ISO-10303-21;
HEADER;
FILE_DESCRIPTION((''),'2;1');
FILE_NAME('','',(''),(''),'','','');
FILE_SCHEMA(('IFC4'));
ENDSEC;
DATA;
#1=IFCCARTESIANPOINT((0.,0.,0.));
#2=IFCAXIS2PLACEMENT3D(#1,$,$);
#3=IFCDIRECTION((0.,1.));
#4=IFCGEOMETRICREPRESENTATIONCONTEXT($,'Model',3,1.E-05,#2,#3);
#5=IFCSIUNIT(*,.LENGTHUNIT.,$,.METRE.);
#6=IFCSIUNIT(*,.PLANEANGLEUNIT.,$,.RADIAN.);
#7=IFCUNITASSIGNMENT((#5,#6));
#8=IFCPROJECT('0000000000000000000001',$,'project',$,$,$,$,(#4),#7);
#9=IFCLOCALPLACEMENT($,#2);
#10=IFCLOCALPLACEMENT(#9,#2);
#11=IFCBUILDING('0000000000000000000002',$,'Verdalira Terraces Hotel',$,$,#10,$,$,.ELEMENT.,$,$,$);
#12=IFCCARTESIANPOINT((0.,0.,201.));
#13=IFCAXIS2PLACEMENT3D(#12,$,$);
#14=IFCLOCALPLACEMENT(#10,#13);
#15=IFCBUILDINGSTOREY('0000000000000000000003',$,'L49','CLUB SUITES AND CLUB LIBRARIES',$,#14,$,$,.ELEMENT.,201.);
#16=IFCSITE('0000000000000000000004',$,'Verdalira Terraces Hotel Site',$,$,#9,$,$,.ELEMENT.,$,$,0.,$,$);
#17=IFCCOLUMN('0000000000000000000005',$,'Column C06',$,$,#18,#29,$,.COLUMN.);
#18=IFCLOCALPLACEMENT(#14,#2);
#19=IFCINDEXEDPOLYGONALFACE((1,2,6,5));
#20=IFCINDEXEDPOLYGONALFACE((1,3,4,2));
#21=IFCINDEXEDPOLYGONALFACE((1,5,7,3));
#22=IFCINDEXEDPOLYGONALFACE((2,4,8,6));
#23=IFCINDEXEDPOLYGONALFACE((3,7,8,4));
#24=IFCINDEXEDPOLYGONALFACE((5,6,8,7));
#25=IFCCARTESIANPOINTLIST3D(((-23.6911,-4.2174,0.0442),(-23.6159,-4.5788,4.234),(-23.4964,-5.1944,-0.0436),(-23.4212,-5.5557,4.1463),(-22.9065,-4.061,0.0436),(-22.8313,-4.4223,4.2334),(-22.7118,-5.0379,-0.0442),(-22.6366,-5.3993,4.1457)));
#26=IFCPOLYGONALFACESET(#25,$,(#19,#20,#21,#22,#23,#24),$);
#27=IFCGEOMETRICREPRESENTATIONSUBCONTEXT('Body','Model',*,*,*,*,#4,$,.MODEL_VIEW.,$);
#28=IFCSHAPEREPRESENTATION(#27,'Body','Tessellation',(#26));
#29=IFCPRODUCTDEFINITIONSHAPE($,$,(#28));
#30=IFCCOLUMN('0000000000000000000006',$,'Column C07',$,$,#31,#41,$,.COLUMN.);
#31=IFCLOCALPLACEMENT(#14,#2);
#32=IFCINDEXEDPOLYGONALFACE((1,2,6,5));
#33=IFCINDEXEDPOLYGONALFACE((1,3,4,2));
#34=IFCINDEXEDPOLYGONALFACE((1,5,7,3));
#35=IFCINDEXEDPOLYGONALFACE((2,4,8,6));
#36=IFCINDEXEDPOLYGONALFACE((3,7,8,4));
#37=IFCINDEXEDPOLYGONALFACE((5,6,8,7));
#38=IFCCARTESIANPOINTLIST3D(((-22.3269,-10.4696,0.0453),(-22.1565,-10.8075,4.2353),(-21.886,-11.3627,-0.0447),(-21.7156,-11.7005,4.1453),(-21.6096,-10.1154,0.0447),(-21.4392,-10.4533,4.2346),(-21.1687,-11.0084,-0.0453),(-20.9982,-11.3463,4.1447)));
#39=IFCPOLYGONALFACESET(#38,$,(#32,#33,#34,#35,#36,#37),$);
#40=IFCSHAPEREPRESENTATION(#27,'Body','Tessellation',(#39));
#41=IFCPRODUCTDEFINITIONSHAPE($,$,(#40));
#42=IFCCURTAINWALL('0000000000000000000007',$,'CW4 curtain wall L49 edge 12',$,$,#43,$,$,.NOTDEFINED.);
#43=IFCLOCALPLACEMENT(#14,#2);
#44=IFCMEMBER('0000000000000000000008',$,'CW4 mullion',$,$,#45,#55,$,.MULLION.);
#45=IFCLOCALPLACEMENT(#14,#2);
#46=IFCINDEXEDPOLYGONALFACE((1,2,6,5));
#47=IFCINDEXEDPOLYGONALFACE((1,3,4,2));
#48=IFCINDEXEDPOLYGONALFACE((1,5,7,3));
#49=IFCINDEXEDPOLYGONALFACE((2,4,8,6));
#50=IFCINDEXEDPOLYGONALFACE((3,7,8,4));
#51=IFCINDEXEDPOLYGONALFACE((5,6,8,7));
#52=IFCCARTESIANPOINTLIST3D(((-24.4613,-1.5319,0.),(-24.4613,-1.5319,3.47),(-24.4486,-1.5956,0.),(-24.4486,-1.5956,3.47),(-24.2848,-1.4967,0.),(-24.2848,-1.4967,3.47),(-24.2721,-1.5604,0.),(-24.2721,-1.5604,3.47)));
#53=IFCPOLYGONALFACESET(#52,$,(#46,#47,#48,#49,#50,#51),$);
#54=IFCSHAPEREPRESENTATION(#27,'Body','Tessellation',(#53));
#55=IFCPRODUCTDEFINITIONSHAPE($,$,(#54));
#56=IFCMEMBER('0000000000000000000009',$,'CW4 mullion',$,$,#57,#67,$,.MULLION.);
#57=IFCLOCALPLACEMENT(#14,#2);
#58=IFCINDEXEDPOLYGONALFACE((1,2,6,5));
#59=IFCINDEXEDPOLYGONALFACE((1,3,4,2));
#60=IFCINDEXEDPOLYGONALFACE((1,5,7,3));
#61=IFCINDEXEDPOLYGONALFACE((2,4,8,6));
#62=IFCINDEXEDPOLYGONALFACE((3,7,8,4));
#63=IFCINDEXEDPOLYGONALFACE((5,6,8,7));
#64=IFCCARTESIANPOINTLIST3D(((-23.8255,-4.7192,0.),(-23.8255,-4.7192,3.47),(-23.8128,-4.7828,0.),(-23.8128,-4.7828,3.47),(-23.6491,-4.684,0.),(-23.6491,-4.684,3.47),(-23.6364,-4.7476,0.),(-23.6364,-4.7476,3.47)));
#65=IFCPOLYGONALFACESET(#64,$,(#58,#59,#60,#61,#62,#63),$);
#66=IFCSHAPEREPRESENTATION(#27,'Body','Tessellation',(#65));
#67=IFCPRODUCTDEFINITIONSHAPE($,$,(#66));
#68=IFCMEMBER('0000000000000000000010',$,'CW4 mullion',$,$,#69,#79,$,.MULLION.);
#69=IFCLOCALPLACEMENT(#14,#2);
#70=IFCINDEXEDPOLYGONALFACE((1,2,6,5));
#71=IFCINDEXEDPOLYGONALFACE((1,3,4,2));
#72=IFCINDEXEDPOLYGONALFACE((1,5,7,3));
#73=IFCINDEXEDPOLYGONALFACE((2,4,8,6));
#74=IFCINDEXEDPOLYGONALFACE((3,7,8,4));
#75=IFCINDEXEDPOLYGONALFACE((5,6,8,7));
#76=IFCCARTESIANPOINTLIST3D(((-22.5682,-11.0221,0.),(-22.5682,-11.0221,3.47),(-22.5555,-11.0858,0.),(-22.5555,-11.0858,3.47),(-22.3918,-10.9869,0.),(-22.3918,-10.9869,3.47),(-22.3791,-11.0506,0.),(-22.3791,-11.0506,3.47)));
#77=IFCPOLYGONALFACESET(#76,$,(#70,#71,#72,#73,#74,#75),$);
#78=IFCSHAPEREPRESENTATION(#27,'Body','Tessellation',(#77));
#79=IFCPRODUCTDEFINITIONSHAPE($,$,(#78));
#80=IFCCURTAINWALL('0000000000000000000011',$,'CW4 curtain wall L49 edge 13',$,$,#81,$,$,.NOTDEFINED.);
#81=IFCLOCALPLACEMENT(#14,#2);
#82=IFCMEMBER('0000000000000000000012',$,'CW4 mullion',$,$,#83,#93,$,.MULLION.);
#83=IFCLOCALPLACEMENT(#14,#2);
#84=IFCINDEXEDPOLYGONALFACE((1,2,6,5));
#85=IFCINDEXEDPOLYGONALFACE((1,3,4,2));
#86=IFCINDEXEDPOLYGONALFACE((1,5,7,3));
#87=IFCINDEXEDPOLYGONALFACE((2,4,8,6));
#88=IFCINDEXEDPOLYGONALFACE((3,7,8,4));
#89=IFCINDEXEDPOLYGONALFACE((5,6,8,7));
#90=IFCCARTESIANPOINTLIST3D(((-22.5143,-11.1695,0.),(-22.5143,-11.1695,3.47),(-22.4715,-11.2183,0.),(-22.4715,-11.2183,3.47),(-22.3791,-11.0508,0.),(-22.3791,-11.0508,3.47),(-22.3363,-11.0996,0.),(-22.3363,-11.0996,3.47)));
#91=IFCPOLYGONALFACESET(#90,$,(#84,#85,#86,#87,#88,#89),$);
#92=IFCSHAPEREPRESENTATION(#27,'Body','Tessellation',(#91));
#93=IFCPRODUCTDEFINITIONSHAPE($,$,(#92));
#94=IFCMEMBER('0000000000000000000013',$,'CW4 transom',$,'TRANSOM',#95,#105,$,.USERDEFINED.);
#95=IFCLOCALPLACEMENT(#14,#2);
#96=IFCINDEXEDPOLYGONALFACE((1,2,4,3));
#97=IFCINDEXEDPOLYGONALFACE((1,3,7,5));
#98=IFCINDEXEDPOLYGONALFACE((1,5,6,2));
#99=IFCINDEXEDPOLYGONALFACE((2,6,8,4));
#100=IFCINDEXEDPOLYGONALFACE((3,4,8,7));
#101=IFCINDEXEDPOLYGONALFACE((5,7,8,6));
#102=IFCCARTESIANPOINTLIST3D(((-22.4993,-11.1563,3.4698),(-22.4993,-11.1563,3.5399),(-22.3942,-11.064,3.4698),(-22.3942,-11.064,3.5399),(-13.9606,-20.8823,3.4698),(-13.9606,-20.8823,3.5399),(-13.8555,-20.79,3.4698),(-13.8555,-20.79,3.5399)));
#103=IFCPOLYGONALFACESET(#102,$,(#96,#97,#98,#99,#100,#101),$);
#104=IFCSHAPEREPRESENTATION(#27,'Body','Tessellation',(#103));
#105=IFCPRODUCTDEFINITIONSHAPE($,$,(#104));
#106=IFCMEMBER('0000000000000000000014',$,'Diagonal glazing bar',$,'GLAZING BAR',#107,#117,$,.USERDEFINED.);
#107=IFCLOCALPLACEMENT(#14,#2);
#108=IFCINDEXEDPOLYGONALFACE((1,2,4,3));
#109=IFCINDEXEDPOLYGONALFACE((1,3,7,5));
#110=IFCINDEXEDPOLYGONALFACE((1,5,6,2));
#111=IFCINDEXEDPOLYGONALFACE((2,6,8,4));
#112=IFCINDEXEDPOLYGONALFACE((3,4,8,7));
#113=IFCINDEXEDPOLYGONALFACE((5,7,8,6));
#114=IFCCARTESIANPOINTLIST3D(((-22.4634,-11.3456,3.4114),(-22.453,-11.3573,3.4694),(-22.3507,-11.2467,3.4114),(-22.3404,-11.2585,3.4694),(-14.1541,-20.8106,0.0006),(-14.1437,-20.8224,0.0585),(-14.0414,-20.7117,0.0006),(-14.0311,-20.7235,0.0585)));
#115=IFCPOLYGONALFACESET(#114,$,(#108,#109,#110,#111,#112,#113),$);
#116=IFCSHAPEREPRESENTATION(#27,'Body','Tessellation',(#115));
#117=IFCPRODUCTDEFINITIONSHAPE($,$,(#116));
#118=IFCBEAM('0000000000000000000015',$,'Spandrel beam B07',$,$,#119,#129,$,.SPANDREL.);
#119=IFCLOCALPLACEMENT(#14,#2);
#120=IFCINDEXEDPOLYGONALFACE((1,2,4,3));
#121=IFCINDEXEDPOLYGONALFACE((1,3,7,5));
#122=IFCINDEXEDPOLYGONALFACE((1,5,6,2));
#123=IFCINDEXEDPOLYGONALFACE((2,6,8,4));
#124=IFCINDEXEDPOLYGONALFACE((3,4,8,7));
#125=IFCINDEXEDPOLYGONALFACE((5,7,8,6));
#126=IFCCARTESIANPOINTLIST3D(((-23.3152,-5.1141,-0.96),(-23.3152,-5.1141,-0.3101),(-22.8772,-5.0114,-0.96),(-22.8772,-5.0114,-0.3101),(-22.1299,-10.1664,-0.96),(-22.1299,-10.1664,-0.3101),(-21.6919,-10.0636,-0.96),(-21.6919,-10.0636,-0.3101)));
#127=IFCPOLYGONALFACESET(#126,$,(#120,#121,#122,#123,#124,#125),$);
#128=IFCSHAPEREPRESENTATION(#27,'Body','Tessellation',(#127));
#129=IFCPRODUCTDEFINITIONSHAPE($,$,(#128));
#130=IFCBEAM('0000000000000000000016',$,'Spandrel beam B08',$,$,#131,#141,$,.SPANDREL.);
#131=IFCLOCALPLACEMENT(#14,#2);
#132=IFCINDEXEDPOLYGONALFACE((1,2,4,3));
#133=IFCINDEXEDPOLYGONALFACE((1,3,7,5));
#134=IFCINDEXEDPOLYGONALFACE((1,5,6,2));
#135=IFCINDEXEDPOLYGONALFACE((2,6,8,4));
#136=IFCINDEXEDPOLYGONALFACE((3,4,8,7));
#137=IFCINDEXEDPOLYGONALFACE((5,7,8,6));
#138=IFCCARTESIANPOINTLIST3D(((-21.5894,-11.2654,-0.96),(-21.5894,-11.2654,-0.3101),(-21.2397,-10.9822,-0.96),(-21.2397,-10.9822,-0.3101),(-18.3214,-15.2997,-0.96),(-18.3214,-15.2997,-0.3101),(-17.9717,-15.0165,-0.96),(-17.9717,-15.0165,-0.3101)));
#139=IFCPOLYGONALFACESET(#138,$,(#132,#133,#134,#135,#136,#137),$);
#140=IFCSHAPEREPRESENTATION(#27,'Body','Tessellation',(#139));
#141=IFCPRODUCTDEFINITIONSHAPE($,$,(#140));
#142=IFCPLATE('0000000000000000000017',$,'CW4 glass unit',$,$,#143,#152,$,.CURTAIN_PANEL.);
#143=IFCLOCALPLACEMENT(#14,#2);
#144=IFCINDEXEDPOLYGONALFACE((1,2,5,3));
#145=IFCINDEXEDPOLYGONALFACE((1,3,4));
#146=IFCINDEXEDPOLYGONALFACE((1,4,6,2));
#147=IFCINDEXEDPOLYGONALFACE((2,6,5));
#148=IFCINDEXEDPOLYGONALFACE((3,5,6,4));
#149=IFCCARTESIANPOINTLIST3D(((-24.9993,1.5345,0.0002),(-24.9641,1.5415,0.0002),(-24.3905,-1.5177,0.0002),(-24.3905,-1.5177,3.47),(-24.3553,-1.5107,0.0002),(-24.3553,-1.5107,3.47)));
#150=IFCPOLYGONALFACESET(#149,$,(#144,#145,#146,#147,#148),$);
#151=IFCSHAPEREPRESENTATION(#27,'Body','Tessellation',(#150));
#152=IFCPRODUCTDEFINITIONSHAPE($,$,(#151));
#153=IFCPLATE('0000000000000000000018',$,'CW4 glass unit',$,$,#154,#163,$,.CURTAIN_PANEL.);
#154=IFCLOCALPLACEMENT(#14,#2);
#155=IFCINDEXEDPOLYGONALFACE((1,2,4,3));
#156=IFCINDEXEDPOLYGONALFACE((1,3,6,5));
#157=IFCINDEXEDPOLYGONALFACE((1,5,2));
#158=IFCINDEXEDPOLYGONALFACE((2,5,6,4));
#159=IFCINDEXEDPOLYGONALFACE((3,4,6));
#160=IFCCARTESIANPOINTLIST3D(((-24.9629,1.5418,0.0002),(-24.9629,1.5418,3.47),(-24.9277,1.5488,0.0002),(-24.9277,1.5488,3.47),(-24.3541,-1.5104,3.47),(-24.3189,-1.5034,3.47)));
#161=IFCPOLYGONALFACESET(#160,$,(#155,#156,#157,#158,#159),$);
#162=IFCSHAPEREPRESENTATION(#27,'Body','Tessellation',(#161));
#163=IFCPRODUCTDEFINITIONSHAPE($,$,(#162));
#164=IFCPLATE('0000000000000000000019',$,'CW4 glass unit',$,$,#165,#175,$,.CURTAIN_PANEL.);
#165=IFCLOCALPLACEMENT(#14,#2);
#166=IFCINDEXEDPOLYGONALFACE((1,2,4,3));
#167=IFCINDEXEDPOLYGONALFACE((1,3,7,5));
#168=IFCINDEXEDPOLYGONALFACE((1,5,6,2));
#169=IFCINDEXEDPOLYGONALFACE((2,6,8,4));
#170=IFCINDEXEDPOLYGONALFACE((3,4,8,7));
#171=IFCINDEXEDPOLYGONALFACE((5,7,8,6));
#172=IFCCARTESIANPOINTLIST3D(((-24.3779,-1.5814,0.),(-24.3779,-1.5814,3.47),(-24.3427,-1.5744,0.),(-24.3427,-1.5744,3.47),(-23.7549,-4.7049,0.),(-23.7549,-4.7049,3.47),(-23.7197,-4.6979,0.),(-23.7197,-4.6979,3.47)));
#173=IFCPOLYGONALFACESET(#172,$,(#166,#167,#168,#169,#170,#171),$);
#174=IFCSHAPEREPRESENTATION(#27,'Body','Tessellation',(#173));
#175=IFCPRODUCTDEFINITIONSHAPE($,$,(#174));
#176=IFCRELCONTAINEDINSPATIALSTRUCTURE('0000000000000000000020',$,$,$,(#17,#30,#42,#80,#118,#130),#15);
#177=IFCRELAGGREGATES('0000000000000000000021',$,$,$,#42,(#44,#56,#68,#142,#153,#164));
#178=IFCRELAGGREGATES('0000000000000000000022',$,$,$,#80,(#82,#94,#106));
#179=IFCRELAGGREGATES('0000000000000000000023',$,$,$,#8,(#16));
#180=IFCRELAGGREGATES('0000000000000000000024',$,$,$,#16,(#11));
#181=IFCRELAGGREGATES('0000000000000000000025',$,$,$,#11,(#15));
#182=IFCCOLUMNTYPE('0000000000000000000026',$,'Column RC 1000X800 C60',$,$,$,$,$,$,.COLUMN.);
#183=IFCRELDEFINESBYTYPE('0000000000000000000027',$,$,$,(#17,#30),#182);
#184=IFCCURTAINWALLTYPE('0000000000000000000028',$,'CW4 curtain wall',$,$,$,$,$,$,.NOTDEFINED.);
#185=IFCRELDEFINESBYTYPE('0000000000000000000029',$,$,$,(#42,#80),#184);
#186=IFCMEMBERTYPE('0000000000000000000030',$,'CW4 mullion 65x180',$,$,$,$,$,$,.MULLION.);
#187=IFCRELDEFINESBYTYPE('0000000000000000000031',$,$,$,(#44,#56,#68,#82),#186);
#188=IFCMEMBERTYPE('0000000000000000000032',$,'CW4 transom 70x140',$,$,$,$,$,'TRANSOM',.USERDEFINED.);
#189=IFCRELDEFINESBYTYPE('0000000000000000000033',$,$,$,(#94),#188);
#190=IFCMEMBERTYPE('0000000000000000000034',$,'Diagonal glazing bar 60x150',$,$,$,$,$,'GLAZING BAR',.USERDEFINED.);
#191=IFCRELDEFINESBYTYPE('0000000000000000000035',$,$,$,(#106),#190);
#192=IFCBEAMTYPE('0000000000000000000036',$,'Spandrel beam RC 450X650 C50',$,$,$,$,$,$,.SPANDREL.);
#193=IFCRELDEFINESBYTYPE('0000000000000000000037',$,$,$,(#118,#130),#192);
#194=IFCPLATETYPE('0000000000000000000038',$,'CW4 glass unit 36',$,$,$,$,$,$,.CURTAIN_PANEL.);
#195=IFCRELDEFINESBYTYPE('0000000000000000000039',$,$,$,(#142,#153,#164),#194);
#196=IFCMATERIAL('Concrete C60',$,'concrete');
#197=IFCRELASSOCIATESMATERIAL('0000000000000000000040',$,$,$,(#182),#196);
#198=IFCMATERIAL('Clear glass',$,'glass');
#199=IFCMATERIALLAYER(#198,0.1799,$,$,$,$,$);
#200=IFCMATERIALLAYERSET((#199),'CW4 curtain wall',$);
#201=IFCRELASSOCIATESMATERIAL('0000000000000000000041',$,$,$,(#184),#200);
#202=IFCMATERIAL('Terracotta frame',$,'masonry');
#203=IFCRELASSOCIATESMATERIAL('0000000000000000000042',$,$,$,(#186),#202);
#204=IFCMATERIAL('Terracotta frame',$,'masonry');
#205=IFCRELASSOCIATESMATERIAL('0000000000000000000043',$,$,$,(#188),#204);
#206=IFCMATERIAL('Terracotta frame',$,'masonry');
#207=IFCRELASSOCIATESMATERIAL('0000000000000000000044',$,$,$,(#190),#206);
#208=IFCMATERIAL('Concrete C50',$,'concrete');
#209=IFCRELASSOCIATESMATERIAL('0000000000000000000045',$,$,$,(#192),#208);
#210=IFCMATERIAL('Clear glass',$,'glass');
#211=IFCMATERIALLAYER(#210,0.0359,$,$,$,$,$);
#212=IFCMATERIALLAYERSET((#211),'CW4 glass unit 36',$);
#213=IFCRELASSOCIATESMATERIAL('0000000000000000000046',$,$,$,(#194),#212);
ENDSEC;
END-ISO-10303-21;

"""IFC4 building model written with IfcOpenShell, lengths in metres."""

from ifc_helpers import new_model, si_unit, direction, frame, origin, origin_2d, place, context, subcontext, project, spatial, polyline, rectangle, outline, extrude, material, layer, layer_set, material_profile, profile_set, type_object, element, aggregate, save


model = new_model("IFC4")

# Units and contexts
model_context = context("Model", 3, precision=1e-05, world=origin(), true_north=direction((0.0, 1.0)))
body_context = subcontext(model_context, "Body", "Model", "MODEL_VIEW")
ifc_project = project(units=[si_unit("LENGTHUNIT", "METRE"), si_unit("PLANEANGLEUNIT", "RADIAN")], contexts=[model_context])

# Site, building, storey
site_placement = place(None, origin())
site = spatial("IfcSite", under=ifc_project, at=site_placement, Name="Verdalira Terraces Hotel Site", CompositionType="ELEMENT", RefElevation=0.0)
building_placement = place(site_placement, origin())
building = spatial("IfcBuilding", under=site, at=building_placement, Name="Verdalira Terraces Hotel", CompositionType="ELEMENT")
storey_placement = place(building_placement, frame((0.0, 0.0, 201.0)))
storey = spatial("IfcBuildingStorey", under=building, at=storey_placement, Name="L49", Description="CLUB SUITES AND CLUB LIBRARIES", CompositionType="ELEMENT", Elevation=201.0)

# Columns
ifc_material_1 = material(Name="Concrete C60", Category="concrete")
ifc_material_profile_1 = material_profile(ifc_material_1, rectangle(XDim=1.0, YDim=0.8, at=origin_2d()), Name="RC 1000X800")
ifc_profile_set_1 = profile_set([ifc_material_profile_1], Name="Concrete C60")
column_type = type_object("IfcColumnType", Name="Column RC 1000X800 C60", PredefinedType="COLUMN", material=ifc_profile_set_1)
column_1_placement = place(storey_placement, frame((-23.2014, -4.6277, 0.0), z_axis=(0.017877, -0.085904, 0.996143), x_axis=(0.194716, -0.976927, -0.087742)))
element("IfcColumn", 1, at=column_1_placement, inside=storey, type_object=column_type, Name="Column C06", PredefinedType="COLUMN", context=body_context, shape_type="SweptSolid", body=[
    extrude(rectangle(XDim=1.0, YDim=0.8, at=origin_2d()), origin(), (0.0, 0.0, 1.0), 4.2061),
])
column_2_placement = place(storey_placement, frame((-21.7478, -10.739, 0.0), z_axis=(0.040506, -0.080316, 0.995946), x_axis=(-0.440955, 0.893011, 0.089949)))
element("IfcColumn", 2, at=column_2_placement, inside=storey, type_object=column_type, Name="Column C07", PredefinedType="COLUMN", context=body_context, shape_type="SweptSolid", body=[
    extrude(rectangle(XDim=1.0, YDim=0.8, at=origin_2d()), origin(), (0.0, 0.0, 1.0), 4.207),
])

# Curtain walls, members
ifc_material_2 = material(Name="Clear glass", Category="glass")
ifc_layer_1 = layer(ifc_material_2, 0.1799)
ifc_layer_set_1 = layer_set([ifc_layer_1], Name="CW4 curtain wall")
curtain_wall_type = type_object("IfcCurtainWallType", Name="CW4 curtain wall", PredefinedType="NOTDEFINED", material=ifc_layer_set_1)
curtain_wall_1_placement = place(storey_placement, origin())
curtain_wall_1 = element("IfcCurtainWall", 3, at=curtain_wall_1_placement, inside=storey, type_object=curtain_wall_type, Name="CW4 curtain wall L49 edge 12", PredefinedType="NOTDEFINED")
ifc_material_3 = material(Name="Terracotta frame", Category="masonry")
ifc_material_profile_2 = material_profile(ifc_material_3, rectangle(XDim=0.0649, YDim=0.1799, at=origin_2d()), Name="MU 65x180")
ifc_profile_set_2 = profile_set([ifc_material_profile_2], Name="Terracotta frame")
member_type_1 = type_object("IfcMemberType", Name="CW4 mullion 65x180", PredefinedType="MULLION", material=ifc_profile_set_2)
member_1_placement = place(storey_placement, frame((-24.3667, -1.5461, 0.0), z_axis=(0.0, 0.0, 1.0), x_axis=(0.195604, -0.980683, 0.0)))
member_1 = element("IfcMember", 4, at=member_1_placement, type_object=member_type_1, Name="CW4 mullion", PredefinedType="MULLION", context=body_context, shape_type="SweptSolid", body=[
    extrude(rectangle(XDim=0.0649, YDim=0.1799, at=origin_2d()), origin(), (0.0, 0.0, 1.0), 3.47),
])
member_2_placement = place(storey_placement, frame((-23.731, -4.7334, 0.0), z_axis=(0.0, 0.0, 1.0), x_axis=(0.195604, -0.980683, 0.0)))
member_2 = element("IfcMember", 5, at=member_2_placement, type_object=member_type_1, Name="CW4 mullion", PredefinedType="MULLION", context=body_context, shape_type="SweptSolid", body=[
    extrude(rectangle(XDim=0.0649, YDim=0.1799, at=origin_2d()), origin(), (0.0, 0.0, 1.0), 3.47),
])
member_3_placement = place(storey_placement, frame((-22.4736, -11.0364, 0.0), z_axis=(0.0, 0.0, 1.0), x_axis=(0.195604, -0.980683, 0.0)))
member_3 = element("IfcMember", 6, at=member_3_placement, type_object=member_type_1, Name="CW4 mullion", PredefinedType="MULLION", context=body_context, shape_type="SweptSolid", body=[
    extrude(rectangle(XDim=0.0649, YDim=0.1799, at=origin_2d()), origin(), (0.0, 0.0, 1.0), 3.47),
])
curtain_wall_2_placement = place(storey_placement, origin())
curtain_wall_2 = element("IfcCurtainWall", 7, at=curtain_wall_2_placement, inside=storey, type_object=curtain_wall_type, Name="CW4 curtain wall L49 edge 13", PredefinedType="NOTDEFINED")
member_4_placement = place(storey_placement, frame((-22.4253, -11.1345, 0.0), z_axis=(0.0, 0.0, 1.0), x_axis=(0.659739, -0.751494, 0.0)))
member_4 = element("IfcMember", 8, at=member_4_placement, type_object=member_type_1, Name="CW4 mullion", PredefinedType="MULLION", context=body_context, shape_type="SweptSolid", body=[
    extrude(rectangle(XDim=0.0649, YDim=0.1799, at=origin_2d()), origin(), (0.0, 0.0, 1.0), 3.47),
])
ifc_material_4 = material(Name="Terracotta frame", Category="masonry")
ifc_material_profile_3 = material_profile(ifc_material_4, rectangle(XDim=0.1399, YDim=0.0701, at=origin_2d()), Name="TR 70x140")
ifc_profile_set_3 = profile_set([ifc_material_profile_3], Name="Terracotta frame")
member_type_2 = type_object("IfcMemberType", Name="CW4 transom 70x140", ElementType="TRANSOM", PredefinedType="USERDEFINED", material=ifc_profile_set_3)
member_5_placement = place(storey_placement, frame((-22.4468, -11.1101, 3.5049), z_axis=(0.659751, -0.751484, 0.0), x_axis=(0.751484, 0.659751, 0.0)))
member_5 = element("IfcMember", 9, at=member_5_placement, type_object=member_type_2, Name="CW4 transom", ObjectType="TRANSOM", PredefinedType="USERDEFINED", context=body_context, shape_type="SweptSolid", body=[
    extrude(rectangle(XDim=0.1399, YDim=0.0701, at=origin_2d()), origin(), (0.0, 0.0, 1.0), 12.9424),
])
ifc_material_5 = material(Name="Terracotta frame", Category="masonry")
ifc_material_profile_4 = material_profile(ifc_material_5, rectangle(XDim=0.1499, YDim=0.0601, at=origin_2d()), Name="GB 60x150")
ifc_profile_set_4 = profile_set([ifc_material_profile_4], Name="Terracotta frame")
member_type_3 = type_object("IfcMemberType", Name="Diagonal glazing bar 60x150", ElementType="GLAZING BAR", PredefinedType="USERDEFINED", material=ifc_profile_set_4)
member_6_placement = place(storey_placement, frame((-22.4019, -11.302, 3.4404), z_axis=(0.636796, -0.72537, -0.261398), x_axis=(0.751499, 0.659735, 0.0)))
member_6 = element("IfcMember", 10, at=member_6_placement, type_object=member_type_3, Name="Diagonal glazing bar", ObjectType="GLAZING BAR", PredefinedType="USERDEFINED", context=body_context, shape_type="SweptSolid", body=[
    extrude(rectangle(XDim=0.1499, YDim=0.0601, at=origin_2d()), origin(), (0.0, 0.0, 1.0), 13.0486),
])

# Beams
ifc_material_6 = material(Name="Concrete C50", Category="concrete")
ifc_material_profile_5 = material_profile(ifc_material_6, rectangle(XDim=0.45, YDim=0.6499, at=origin_2d()), Name="RC 450X650")
ifc_profile_set_5 = profile_set([ifc_material_profile_5], Name="Concrete C50")
beam_type = type_object("IfcBeamType", Name="Spandrel beam RC 450X650 C50", PredefinedType="SPANDREL", material=ifc_profile_set_5)
beam_1_placement = place(storey_placement, frame((-23.0962, -5.0627, -0.635), z_axis=(0.228407, -0.973566, 0.0), x_axis=(0.973566, 0.228407, 0.0)))
element("IfcBeam", 11, at=beam_1_placement, inside=storey, type_object=beam_type, Name="Spandrel beam B07", PredefinedType="SPANDREL", context=body_context, shape_type="SweptSolid", body=[
    extrude(rectangle(XDim=0.45, YDim=0.6499, at=origin_2d()), origin(), (0.0, 0.0, 1.0), 5.1895),
])
beam_2_placement = place(storey_placement, frame((-21.4146, -11.1238, -0.635), z_axis=(0.629443, -0.777047, 0.0), x_axis=(0.777047, 0.629443, 0.0)))
element("IfcBeam", 12, at=beam_2_placement, inside=storey, type_object=beam_type, Name="Spandrel beam B08", PredefinedType="SPANDREL", context=body_context, shape_type="SweptSolid", body=[
    extrude(rectangle(XDim=0.45, YDim=0.6499, at=origin_2d()), origin(), (0.0, 0.0, 1.0), 5.1919),
])

# Plates
ifc_material_7 = material(Name="Clear glass", Category="glass")
ifc_layer_2 = layer(ifc_material_7, 0.0359)
ifc_layer_set_2 = layer_set([ifc_layer_2], Name="CW4 glass unit 36")
plate_type = type_object("IfcPlateType", Name="CW4 glass unit 36", PredefinedType="CURTAIN_PANEL", material=ifc_layer_set_2)
plate_1_placement = place(storey_placement, frame((-24.6597, 0.0154, 1.7351), z_axis=(-0.980683, -0.195604, 0.0), x_axis=(0.195604, -0.980683, 0.0)))
plate_1 = element("IfcPlate", 13, at=plate_1_placement, type_object=plate_type, Name="CW4 glass unit", PredefinedType="CURTAIN_PANEL", context=body_context, shape_type="SweptSolid", body=[
    extrude(outline(polyline([(-1.5562, -1.7349), (1.5562, -1.7349), (1.5562, 1.7349), (-1.5562, -1.7349)])), origin(), (0.0, 0.0, 1.0), 0.0359),
])
plate_2_placement = place(storey_placement, frame((-24.6233, 0.0227, 1.7351), z_axis=(-0.980683, -0.195604, 0.0), x_axis=(0.195604, -0.980683, 0.0)))
plate_2 = element("IfcPlate", 14, at=plate_2_placement, type_object=plate_type, Name="CW4 glass unit", PredefinedType="CURTAIN_PANEL", context=body_context, shape_type="SweptSolid", body=[
    extrude(outline(polyline([(-1.5562, -1.7349), (1.5562, 1.7349), (-1.5562, 1.7349), (-1.5562, -1.7349)])), origin(), (0.0, 0.0, 1.0), 0.0359),
])
plate_3_placement = place(storey_placement, frame((-24.0488, -3.1396, 0.0), z_axis=(0.0, 0.0, 1.0), x_axis=(0.195604, -0.980683, 0.0)))
plate_3 = element("IfcPlate", 15, at=plate_3_placement, type_object=plate_type, Name="CW4 glass unit", PredefinedType="CURTAIN_PANEL", context=body_context, shape_type="SweptSolid", body=[
    extrude(rectangle(XDim=3.1851, YDim=0.0359, at=origin_2d()), origin(), (0.0, 0.0, 1.0), 3.47),
])
aggregate(curtain_wall_1, [member_1, member_2, member_3, plate_1, plate_2, plate_3])
aggregate(curtain_wall_2, [member_4, member_5, member_6])

save(model, "model.ifc")
